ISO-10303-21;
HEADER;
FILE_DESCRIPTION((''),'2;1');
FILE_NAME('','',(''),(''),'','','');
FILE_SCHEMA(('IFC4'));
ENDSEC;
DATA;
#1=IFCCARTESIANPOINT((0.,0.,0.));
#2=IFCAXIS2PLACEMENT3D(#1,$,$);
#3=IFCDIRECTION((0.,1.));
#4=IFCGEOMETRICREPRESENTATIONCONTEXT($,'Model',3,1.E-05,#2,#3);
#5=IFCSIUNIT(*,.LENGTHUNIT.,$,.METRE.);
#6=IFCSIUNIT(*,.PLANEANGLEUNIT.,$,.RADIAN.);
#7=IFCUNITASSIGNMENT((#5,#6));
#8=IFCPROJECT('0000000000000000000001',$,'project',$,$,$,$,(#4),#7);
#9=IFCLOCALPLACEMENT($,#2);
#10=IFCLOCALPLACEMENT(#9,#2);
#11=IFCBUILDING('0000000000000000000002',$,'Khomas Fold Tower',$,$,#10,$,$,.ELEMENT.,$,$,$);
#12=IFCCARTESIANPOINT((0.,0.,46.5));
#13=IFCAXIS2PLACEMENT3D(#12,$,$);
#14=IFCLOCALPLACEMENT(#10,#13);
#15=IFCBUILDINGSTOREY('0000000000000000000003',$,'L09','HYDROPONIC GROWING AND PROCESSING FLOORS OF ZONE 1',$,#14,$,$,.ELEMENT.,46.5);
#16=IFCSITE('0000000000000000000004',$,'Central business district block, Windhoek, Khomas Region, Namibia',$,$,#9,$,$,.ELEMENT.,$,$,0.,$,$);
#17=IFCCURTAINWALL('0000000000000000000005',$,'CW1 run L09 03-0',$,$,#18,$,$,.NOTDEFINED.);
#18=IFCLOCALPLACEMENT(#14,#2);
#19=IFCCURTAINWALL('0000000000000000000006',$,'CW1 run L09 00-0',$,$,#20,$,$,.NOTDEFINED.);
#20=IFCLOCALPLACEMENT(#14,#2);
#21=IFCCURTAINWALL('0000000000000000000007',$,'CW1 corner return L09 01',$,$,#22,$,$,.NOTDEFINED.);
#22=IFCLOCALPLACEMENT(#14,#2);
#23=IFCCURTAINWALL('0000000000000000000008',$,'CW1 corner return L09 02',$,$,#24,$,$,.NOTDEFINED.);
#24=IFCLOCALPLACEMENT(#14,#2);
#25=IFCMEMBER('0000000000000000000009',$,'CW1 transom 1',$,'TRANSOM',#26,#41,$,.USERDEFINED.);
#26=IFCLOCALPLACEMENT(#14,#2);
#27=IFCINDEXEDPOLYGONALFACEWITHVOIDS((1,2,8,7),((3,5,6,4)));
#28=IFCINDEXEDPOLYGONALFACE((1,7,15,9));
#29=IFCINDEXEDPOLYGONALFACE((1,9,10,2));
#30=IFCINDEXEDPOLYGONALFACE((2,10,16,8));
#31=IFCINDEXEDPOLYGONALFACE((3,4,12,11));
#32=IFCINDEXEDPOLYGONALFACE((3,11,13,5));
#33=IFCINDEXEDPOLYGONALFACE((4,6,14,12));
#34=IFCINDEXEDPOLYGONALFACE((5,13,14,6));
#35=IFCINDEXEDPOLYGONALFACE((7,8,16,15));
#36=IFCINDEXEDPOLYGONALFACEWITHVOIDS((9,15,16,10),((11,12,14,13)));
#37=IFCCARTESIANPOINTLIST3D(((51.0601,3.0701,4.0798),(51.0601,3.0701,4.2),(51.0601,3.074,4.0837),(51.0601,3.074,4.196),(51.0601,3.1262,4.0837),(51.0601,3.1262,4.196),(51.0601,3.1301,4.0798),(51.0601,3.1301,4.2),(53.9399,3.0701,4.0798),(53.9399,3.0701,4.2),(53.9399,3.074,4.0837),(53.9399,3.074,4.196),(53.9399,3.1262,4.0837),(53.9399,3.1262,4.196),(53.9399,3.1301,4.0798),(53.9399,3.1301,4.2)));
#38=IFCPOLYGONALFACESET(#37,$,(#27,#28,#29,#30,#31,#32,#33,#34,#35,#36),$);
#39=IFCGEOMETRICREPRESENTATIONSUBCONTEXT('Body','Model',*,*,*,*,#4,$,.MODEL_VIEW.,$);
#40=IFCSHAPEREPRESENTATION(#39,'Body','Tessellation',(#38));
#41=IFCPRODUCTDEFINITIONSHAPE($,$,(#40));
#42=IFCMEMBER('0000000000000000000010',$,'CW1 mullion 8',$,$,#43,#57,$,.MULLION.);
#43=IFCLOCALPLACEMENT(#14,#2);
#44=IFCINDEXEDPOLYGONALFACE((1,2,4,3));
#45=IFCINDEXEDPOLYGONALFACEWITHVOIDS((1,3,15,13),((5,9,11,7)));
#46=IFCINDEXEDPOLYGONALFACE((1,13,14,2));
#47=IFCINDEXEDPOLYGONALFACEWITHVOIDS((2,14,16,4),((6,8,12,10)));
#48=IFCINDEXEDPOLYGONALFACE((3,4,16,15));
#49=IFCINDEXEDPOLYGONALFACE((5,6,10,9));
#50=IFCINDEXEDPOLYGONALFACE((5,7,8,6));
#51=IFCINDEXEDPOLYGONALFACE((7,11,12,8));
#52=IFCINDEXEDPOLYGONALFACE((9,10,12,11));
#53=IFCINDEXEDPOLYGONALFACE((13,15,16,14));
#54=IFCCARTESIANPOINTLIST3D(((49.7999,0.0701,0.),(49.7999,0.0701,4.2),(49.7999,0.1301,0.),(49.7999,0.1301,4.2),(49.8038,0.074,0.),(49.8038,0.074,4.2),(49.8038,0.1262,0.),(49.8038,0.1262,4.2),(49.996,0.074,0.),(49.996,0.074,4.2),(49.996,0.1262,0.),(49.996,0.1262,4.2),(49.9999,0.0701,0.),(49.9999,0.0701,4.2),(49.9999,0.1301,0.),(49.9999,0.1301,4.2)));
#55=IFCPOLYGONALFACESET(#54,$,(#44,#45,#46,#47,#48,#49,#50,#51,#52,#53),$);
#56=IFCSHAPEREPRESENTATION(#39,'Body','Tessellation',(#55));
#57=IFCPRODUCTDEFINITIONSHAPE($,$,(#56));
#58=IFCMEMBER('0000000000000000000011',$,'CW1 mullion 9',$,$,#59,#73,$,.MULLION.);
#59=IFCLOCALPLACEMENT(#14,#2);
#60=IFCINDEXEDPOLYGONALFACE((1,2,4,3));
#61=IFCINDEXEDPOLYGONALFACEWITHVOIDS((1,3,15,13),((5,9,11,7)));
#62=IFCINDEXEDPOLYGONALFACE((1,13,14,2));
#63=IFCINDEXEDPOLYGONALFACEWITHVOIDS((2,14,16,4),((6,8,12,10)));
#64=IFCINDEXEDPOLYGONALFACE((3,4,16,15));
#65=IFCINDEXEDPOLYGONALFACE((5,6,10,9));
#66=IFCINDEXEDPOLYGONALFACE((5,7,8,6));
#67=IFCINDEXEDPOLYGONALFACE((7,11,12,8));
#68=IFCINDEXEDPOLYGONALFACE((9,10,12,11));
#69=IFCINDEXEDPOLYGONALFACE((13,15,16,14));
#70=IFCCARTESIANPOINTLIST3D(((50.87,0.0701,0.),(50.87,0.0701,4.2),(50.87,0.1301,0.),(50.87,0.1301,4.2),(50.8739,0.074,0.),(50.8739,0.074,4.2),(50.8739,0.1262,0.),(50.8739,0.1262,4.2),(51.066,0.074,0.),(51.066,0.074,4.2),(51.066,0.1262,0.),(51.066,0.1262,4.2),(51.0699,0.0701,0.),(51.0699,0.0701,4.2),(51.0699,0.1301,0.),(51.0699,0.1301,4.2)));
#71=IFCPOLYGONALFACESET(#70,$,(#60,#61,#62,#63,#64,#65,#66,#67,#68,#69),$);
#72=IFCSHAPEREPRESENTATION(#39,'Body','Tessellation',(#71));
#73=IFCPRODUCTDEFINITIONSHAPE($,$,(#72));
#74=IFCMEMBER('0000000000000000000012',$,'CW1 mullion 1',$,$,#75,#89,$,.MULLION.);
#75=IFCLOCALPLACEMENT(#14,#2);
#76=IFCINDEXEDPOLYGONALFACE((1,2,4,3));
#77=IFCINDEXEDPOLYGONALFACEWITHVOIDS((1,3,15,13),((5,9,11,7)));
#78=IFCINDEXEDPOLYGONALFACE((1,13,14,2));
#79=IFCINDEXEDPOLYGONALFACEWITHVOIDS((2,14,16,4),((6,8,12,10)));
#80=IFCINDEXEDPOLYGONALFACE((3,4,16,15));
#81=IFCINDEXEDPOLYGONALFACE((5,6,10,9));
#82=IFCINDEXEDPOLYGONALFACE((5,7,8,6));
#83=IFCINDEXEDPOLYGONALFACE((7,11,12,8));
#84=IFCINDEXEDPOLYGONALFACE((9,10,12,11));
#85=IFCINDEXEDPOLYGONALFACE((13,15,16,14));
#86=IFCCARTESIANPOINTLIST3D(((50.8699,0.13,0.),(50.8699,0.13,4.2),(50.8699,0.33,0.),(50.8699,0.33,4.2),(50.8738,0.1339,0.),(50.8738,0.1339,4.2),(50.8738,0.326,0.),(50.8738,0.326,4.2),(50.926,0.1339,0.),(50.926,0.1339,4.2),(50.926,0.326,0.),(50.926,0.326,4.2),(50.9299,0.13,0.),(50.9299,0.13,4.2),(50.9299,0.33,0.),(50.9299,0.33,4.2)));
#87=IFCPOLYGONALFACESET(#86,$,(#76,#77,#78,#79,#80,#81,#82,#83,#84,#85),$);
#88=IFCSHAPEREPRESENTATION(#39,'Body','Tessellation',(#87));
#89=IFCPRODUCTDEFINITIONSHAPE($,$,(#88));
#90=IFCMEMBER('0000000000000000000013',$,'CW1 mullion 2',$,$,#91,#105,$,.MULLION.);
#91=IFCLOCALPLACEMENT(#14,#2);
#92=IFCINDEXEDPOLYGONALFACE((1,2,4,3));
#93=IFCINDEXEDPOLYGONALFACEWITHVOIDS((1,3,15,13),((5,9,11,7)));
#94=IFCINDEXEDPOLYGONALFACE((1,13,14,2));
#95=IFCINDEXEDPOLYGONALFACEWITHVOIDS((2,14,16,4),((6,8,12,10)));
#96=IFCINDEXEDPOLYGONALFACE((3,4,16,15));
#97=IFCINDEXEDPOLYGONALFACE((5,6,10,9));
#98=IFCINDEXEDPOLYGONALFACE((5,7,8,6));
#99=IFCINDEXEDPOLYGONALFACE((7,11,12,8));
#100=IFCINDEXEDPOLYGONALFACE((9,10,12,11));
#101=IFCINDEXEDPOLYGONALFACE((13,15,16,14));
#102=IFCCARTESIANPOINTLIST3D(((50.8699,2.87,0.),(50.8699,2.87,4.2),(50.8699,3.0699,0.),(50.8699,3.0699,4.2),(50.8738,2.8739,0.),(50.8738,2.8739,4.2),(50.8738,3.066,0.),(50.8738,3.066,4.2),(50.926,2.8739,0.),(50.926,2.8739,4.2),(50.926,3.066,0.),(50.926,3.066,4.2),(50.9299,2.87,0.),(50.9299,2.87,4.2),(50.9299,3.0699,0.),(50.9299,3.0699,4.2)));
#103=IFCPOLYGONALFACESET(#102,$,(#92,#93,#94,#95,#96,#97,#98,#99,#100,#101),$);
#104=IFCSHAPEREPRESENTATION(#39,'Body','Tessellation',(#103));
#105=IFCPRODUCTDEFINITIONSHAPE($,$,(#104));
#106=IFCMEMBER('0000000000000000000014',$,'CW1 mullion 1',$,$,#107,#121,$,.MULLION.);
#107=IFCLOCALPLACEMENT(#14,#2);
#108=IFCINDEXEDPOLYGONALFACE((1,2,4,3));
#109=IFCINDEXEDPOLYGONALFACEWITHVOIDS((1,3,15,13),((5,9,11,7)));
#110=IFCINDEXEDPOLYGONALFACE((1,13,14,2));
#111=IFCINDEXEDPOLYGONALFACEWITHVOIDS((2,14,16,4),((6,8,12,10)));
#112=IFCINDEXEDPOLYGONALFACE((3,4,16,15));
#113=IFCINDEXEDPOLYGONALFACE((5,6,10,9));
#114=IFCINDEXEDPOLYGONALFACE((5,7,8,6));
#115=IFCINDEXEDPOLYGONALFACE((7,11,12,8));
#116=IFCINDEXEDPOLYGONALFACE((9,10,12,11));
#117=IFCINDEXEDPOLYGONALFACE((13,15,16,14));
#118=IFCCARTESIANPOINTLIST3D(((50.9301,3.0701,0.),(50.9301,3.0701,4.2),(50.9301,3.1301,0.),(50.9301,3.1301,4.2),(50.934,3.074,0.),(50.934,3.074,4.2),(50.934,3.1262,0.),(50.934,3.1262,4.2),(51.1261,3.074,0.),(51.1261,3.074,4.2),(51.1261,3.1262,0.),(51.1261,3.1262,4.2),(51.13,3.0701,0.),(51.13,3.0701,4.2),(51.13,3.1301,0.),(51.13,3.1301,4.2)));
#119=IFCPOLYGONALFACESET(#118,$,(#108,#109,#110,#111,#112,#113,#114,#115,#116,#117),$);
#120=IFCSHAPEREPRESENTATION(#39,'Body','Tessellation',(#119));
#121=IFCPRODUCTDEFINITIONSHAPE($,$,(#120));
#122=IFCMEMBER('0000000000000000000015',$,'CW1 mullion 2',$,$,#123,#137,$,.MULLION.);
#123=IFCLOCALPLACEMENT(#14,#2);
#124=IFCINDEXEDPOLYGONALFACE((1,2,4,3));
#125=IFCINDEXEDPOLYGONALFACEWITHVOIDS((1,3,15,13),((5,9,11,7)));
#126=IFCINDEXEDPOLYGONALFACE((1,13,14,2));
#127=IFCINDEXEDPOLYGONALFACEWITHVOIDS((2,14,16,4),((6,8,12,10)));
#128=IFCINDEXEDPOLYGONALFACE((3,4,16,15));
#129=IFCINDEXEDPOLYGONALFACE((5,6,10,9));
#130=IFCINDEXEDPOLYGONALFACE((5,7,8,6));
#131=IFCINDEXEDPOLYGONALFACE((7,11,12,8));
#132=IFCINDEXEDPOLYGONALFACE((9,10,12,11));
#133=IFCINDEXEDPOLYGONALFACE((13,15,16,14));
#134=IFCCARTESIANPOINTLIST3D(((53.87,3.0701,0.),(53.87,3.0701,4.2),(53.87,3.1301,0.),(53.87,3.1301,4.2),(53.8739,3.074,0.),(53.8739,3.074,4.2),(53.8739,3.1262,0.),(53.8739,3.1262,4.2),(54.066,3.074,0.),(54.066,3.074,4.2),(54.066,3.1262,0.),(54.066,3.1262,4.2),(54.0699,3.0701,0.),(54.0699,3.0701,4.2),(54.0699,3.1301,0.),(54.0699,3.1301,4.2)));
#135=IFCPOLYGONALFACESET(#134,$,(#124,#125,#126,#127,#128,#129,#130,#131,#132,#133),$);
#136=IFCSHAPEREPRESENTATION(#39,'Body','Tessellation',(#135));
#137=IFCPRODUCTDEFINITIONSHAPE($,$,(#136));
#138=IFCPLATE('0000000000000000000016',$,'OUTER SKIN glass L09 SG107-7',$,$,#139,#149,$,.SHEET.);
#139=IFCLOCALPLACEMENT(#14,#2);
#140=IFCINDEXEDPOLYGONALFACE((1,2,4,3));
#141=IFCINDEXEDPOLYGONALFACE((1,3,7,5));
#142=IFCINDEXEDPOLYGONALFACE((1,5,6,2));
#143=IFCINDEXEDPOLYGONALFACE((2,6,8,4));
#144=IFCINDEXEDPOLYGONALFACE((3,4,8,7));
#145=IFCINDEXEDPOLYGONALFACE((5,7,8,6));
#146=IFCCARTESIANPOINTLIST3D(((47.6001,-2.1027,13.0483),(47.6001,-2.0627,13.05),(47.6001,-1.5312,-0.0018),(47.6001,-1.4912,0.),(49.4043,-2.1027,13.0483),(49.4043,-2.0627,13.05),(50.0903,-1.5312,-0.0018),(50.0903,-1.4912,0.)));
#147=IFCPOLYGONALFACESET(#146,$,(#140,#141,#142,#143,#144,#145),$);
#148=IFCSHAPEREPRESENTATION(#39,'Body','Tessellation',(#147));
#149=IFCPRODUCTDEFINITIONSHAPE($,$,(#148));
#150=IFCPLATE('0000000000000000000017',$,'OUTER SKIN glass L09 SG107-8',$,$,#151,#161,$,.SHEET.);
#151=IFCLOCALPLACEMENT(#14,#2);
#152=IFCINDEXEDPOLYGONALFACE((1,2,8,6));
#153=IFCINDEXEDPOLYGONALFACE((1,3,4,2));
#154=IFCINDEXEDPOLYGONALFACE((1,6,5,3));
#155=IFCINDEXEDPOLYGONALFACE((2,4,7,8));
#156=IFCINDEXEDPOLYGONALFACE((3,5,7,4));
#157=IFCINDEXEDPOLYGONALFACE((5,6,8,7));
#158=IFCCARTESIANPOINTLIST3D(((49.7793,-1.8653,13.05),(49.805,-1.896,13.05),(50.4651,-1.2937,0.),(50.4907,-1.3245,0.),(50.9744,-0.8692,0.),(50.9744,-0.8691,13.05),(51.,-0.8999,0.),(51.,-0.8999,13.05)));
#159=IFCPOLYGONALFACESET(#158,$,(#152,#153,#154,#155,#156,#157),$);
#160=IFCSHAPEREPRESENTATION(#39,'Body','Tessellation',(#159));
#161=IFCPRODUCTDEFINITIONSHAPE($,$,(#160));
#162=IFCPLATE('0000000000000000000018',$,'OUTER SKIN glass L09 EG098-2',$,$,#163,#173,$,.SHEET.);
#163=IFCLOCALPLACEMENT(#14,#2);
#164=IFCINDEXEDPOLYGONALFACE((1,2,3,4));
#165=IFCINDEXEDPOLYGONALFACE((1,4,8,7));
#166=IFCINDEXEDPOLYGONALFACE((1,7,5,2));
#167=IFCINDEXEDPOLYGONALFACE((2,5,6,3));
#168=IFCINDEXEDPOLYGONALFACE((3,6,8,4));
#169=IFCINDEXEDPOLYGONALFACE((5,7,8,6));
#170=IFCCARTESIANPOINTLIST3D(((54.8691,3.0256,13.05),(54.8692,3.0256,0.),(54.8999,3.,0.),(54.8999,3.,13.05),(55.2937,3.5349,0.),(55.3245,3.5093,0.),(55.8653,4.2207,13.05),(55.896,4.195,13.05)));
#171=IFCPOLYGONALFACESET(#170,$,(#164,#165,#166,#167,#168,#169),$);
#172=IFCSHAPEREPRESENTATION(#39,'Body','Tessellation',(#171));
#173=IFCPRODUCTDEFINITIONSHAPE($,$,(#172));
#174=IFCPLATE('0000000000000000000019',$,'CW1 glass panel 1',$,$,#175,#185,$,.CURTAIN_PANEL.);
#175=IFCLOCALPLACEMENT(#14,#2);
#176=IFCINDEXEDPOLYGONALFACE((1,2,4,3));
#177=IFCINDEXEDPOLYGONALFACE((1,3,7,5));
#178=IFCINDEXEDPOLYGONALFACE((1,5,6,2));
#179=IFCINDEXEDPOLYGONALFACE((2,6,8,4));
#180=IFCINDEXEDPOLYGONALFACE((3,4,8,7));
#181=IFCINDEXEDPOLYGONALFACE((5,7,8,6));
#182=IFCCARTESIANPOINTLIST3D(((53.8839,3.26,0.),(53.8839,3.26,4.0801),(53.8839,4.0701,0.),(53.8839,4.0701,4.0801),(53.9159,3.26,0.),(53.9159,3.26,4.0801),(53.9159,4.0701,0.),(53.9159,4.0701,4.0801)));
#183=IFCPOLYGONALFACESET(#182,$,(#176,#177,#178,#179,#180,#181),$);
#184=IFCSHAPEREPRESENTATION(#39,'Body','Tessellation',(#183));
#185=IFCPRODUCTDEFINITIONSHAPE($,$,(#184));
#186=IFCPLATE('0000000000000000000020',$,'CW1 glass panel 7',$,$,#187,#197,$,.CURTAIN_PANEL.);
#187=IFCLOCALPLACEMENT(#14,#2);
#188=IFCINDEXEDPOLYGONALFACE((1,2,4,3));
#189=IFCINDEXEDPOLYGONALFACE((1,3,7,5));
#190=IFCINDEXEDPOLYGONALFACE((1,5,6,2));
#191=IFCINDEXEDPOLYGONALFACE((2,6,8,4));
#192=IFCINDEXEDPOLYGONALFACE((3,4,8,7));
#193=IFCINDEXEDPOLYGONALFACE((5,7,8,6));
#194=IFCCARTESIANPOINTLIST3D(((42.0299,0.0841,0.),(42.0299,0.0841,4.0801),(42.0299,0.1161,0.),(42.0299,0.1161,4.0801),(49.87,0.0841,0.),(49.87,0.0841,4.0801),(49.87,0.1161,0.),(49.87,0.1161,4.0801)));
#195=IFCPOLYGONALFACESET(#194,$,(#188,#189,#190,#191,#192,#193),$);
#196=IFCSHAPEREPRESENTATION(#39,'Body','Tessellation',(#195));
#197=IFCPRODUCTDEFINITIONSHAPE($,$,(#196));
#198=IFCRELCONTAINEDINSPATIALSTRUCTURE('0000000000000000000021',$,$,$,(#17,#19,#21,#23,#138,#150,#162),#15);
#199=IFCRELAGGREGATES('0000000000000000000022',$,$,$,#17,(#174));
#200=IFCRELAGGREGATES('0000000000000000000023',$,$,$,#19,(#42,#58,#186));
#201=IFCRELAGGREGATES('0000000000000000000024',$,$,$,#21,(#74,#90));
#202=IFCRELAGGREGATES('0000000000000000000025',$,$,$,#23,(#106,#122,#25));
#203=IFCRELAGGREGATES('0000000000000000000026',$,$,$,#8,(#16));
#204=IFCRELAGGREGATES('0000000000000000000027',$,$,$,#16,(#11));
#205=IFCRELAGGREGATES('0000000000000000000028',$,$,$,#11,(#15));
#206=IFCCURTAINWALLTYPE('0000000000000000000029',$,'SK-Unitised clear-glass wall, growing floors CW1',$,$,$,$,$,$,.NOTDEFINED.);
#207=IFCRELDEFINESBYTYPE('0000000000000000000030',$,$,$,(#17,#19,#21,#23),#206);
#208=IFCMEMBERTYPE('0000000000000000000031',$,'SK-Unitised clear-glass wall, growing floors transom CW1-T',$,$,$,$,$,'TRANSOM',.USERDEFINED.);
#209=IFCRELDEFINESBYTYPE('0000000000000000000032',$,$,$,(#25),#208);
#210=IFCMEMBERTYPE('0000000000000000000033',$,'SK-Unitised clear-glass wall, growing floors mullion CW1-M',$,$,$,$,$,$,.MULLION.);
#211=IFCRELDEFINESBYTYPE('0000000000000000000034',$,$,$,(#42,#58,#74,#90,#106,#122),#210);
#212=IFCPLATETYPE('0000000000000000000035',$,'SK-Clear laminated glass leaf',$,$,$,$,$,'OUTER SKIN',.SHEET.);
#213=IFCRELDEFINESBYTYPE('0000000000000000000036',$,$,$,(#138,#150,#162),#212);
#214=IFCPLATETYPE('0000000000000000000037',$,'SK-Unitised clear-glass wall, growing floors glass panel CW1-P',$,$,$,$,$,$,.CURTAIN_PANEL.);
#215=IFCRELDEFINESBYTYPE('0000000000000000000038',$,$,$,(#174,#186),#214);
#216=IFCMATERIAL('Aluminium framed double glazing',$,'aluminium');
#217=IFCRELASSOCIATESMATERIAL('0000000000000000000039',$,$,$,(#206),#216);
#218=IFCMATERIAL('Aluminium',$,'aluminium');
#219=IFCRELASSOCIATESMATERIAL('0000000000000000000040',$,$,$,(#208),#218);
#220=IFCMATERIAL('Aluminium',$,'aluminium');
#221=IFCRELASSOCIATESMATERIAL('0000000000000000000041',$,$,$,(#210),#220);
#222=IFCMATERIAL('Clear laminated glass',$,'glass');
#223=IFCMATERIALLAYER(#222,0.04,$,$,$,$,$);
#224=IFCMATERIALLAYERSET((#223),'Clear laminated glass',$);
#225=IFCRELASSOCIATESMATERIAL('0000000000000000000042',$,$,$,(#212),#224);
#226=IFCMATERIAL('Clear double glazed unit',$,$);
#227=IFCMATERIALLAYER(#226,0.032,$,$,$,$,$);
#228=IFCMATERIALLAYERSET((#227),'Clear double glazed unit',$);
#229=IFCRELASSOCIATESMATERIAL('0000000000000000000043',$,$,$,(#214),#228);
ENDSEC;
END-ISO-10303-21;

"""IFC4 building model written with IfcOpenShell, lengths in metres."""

from ifc_helpers import new_model, si_unit, direction, frame, origin, origin_2d, place, context, subcontext, project, spatial, polyline, rectangle, hollow_rectangle, outline, extrude, source, transform, mapped, material, layer, layer_set, material_profile, profile_set, type_object, element, aggregate, save


model = new_model("IFC4")

# Units and contexts
model_context = context("Model", 3, precision=1e-05, world=origin(), true_north=direction((0.0, 1.0)))
body_context = subcontext(model_context, "Body", "Model", "MODEL_VIEW")
ifc_project = project(units=[si_unit("LENGTHUNIT", "METRE"), si_unit("PLANEANGLEUNIT", "RADIAN")], contexts=[model_context])

# Site, building, storey
site_placement = place(None, origin())
site = spatial("IfcSite", under=ifc_project, at=site_placement, Name="Central business district block, Windhoek, Khomas Region, Namibia", CompositionType="ELEMENT", RefElevation=0.0)
building_placement = place(site_placement, origin())
building = spatial("IfcBuilding", under=site, at=building_placement, Name="Khomas Fold Tower", CompositionType="ELEMENT")
storey_placement = place(building_placement, frame((0.0, 0.0, 46.5)))
storey = spatial("IfcBuildingStorey", under=building, at=storey_placement, Name="L09", Description="HYDROPONIC GROWING AND PROCESSING FLOORS OF ZONE 1", CompositionType="ELEMENT", Elevation=46.5)

# Curtain wall
ifc_material_1 = material(Name="Aluminium framed double glazing", Category="aluminium")
curtain_wall_type = type_object("IfcCurtainWallType", Name="SK-Unitised clear-glass wall, growing floors CW1", PredefinedType="NOTDEFINED", material=ifc_material_1)
curtain_wall_1_placement = place(storey_placement, origin())
curtain_wall_1 = element("IfcCurtainWall", 1, at=curtain_wall_1_placement, inside=storey, type_object=curtain_wall_type, Name="CW1 run L09 03-0", PredefinedType="NOTDEFINED")
ifc_material_2 = material(Name="Aluminium", Category="aluminium")
ifc_material_profile_1 = material_profile(ifc_material_2, hollow_rectangle(XDim=0.0601, YDim=0.1201, WallThickness=0.0039, at=origin_2d()), Name="SK-Unitised clear-glass wall, growing floors transom CW1-T")
ifc_profile_set_1 = profile_set([ifc_material_profile_1], Name="Aluminium")
member_type_1 = type_object("IfcMemberType", Name="SK-Unitised clear-glass wall, growing floors transom CW1-T", ElementType="TRANSOM", PredefinedType="USERDEFINED", material=ifc_profile_set_1)

# Curtain wall
curtain_wall_2_placement = place(storey_placement, origin())
curtain_wall_2 = element("IfcCurtainWall", 2, at=curtain_wall_2_placement, inside=storey, type_object=curtain_wall_type, Name="CW1 run L09 00-0", PredefinedType="NOTDEFINED")

# Curtain walls, member
curtain_wall_3_placement = place(storey_placement, origin())
curtain_wall_3 = element("IfcCurtainWall", 3, at=curtain_wall_3_placement, inside=storey, type_object=curtain_wall_type, Name="CW1 corner return L09 01", PredefinedType="NOTDEFINED")
curtain_wall_4_placement = place(storey_placement, origin())
curtain_wall_4 = element("IfcCurtainWall", 4, at=curtain_wall_4_placement, inside=storey, type_object=curtain_wall_type, Name="CW1 corner return L09 02", PredefinedType="NOTDEFINED")
shared_shape_1 = source(origin(), body_context, "Body", "SweptSolid", [
    extrude(hollow_rectangle(XDim=0.0601, YDim=0.1201, WallThickness=0.0039, at=origin_2d()), origin(), (0.0, 0.0, 1.0), 2.8799),
])
member_1_placement = place(storey_placement, frame((51.0601, 3.1001, 4.1399), z_axis=(1.0, 0.0, 0.0), x_axis=(0.0, 1.0, 0.0)))
member_1 = element("IfcMember", 5, at=member_1_placement, type_object=member_type_1, Name="CW1 transom 1", ObjectType="TRANSOM", PredefinedType="USERDEFINED", context=body_context, shape_type="MappedRepresentation", body=[
    mapped(shared_shape_1, transform((0.0, 0.0, 0.0))),
])

# Members
ifc_material_3 = material(Name="Aluminium", Category="aluminium")
ifc_material_profile_2 = material_profile(ifc_material_3, hollow_rectangle(XDim=0.0601, YDim=0.2, WallThickness=0.0039, at=origin_2d()), Name="SK-Unitised clear-glass wall, growing floors mullion CW1-M")
ifc_profile_set_2 = profile_set([ifc_material_profile_2], Name="Aluminium")
member_type_2 = type_object("IfcMemberType", Name="SK-Unitised clear-glass wall, growing floors mullion CW1-M", PredefinedType="MULLION", material=ifc_profile_set_2)
shared_shape_2 = source(origin(), body_context, "Body", "SweptSolid", [
    extrude(hollow_rectangle(XDim=0.0601, YDim=0.2, WallThickness=0.0039, at=origin_2d()), origin(), (0.0, 0.0, 1.0), 4.2),
])
member_2_placement = place(storey_placement, frame((49.8999, 0.1001, 0.0), z_axis=(0.0, 0.0, 1.0), x_axis=(0.0, 1.0, 0.0)))
member_2 = element("IfcMember", 6, at=member_2_placement, type_object=member_type_2, Name="CW1 mullion 8", PredefinedType="MULLION", context=body_context, shape_type="MappedRepresentation", body=[
    mapped(shared_shape_2, transform((0.0, 0.0, 0.0))),
])
member_3_placement = place(storey_placement, frame((50.97, 0.1001, 0.0), z_axis=(0.0, 0.0, 1.0), x_axis=(0.0, 1.0, 0.0)))
member_3 = element("IfcMember", 7, at=member_3_placement, type_object=member_type_2, Name="CW1 mullion 9", PredefinedType="MULLION", context=body_context, shape_type="MappedRepresentation", body=[
    mapped(shared_shape_2, transform((0.0, 0.0, 0.0))),
])
member_4_placement = place(storey_placement, frame((50.8999, 0.23, 0.0), z_axis=(0.0, 0.0, 1.0), x_axis=(-1.0, 0.0, 0.0)))
member_4 = element("IfcMember", 8, at=member_4_placement, type_object=member_type_2, Name="CW1 mullion 1", PredefinedType="MULLION", context=body_context, shape_type="MappedRepresentation", body=[
    mapped(shared_shape_2, transform((0.0, 0.0, 0.0))),
])
member_5_placement = place(storey_placement, frame((50.8999, 2.97, 0.0), z_axis=(0.0, 0.0, 1.0), x_axis=(-1.0, 0.0, 0.0)))
member_5 = element("IfcMember", 9, at=member_5_placement, type_object=member_type_2, Name="CW1 mullion 2", PredefinedType="MULLION", context=body_context, shape_type="MappedRepresentation", body=[
    mapped(shared_shape_2, transform((0.0, 0.0, 0.0))),
])
member_6_placement = place(storey_placement, frame((51.03, 3.1001, 0.0), z_axis=(0.0, 0.0, 1.0), x_axis=(0.0, 1.0, 0.0)))
member_6 = element("IfcMember", 10, at=member_6_placement, type_object=member_type_2, Name="CW1 mullion 1", PredefinedType="MULLION", context=body_context, shape_type="MappedRepresentation", body=[
    mapped(shared_shape_2, transform((0.0, 0.0, 0.0))),
])
member_7_placement = place(storey_placement, frame((53.97, 3.1001, 0.0), z_axis=(0.0, 0.0, 1.0), x_axis=(0.0, 1.0, 0.0)))
member_7 = element("IfcMember", 11, at=member_7_placement, type_object=member_type_2, Name="CW1 mullion 2", PredefinedType="MULLION", context=body_context, shape_type="MappedRepresentation", body=[
    mapped(shared_shape_2, transform((0.0, 0.0, 0.0))),
])

# Plates
ifc_material_4 = material(Name="Clear laminated glass", Category="glass")
ifc_layer_1 = layer(ifc_material_4, 0.04)
ifc_layer_set_1 = layer_set([ifc_layer_1], Name="Clear laminated glass")
plate_type_1 = type_object("IfcPlateType", Name="SK-Clear laminated glass leaf", ElementType="OUTER SKIN", PredefinedType="SHEET", material=ifc_layer_set_1)
plate_1_placement = place(storey_placement, frame((50.0903, -1.4912, 0.0), z_axis=(0.0, 0.999042, 0.043754), x_axis=(-1.0, 0.0, 0.0)))
element("IfcPlate", 12, at=plate_1_placement, inside=storey, type_object=plate_type_1, Name="OUTER SKIN glass L09 SG107-7", PredefinedType="SHEET", context=body_context, shape_type="SweptSolid", body=[
    extrude(outline(polyline([(0.0, 0.0), (2.4902, 0.0), (2.4902, 13.0626), (0.686, 13.0626), (0.0, 0.0)])), origin(), (0.0, 0.0, -1.0), 0.04),
])
plate_2_placement = place(storey_placement, frame((50.4907, -1.3245, 0.0), z_axis=(0.640282, -0.76814, 0.000003), x_axis=(-0.052426, -0.043696, 0.997668)))
element("IfcPlate", 13, at=plate_2_placement, inside=storey, type_object=plate_type_1, Name="OUTER SKIN glass L09 SG107-8", PredefinedType="SHEET", context=body_context, shape_type="SweptSolid", body=[
    extrude(outline(polyline([(0.0, 0.0), (13.0805, 0.0), (12.9744, -1.5521), (-0.0453, -0.6615), (0.0, 0.0)])), origin(), (0.0, 0.0, -1.0), 0.04),
])
plate_3_placement = place(storey_placement, frame((55.3245, 3.5093, 0.0), z_axis=(0.76814, -0.640282, 0.000003), x_axis=(-0.640282, -0.76814, 0.0)))
element("IfcPlate", 14, at=plate_3_placement, inside=storey, type_object=plate_type_1, Name="OUTER SKIN glass L09 EG098-2", PredefinedType="SHEET", context=body_context, shape_type="SweptSolid", body=[
    extrude(outline(polyline([(0.0, 0.0), (0.663, 0.0), (0.663, -13.05), (-0.8927, -13.05), (0.0, 0.0)])), origin(), (0.0, 0.0, -1.0), 0.04),
])

# Plates
ifc_material_5 = material(Name="Clear double glazed unit")
ifc_layer_2 = layer(ifc_material_5, 0.032)
ifc_layer_set_2 = layer_set([ifc_layer_2], Name="Clear double glazed unit")
plate_type_2 = type_object("IfcPlateType", Name="SK-Unitised clear-glass wall, growing floors glass panel CW1-P", PredefinedType="CURTAIN_PANEL", material=ifc_layer_set_2)
shared_shape_3 = source(origin(), body_context, "Body", "SweptSolid", [
    extrude(rectangle(XDim=0.8101, YDim=0.032, at=origin_2d()), origin(), (0.0, 0.0, 1.0), 4.0801),
])
plate_4_placement = place(storey_placement, frame((53.8999, 3.665, 0.0), z_axis=(0.0, 0.0, 1.0), x_axis=(0.0, 1.0, 0.0)))
plate_4 = element("IfcPlate", 15, at=plate_4_placement, type_object=plate_type_2, Name="CW1 glass panel 1", PredefinedType="CURTAIN_PANEL", context=body_context, shape_type="MappedRepresentation", body=[
    mapped(shared_shape_3, transform((0.0, 0.0, 0.0))),
])
aggregate(curtain_wall_1, [plate_4])
shared_shape_4 = source(origin(), body_context, "Body", "SweptSolid", [
    extrude(rectangle(XDim=7.8401, YDim=0.032, at=origin_2d()), origin(), (0.0, 0.0, 1.0), 4.0801),
])
plate_5_placement = place(storey_placement, frame((45.95, 0.1001, 0.0), z_axis=(0.0, 0.0, 1.0), x_axis=(1.0, 0.0, 0.0)))
plate_5 = element("IfcPlate", 16, at=plate_5_placement, type_object=plate_type_2, Name="CW1 glass panel 7", PredefinedType="CURTAIN_PANEL", context=body_context, shape_type="MappedRepresentation", body=[
    mapped(shared_shape_4, transform((0.0, 0.0, 0.0))),
])
aggregate(curtain_wall_2, [member_2, member_3, plate_5])
aggregate(curtain_wall_3, [member_4, member_5])
aggregate(curtain_wall_4, [member_6, member_7, member_1])

save(model, "model.ifc")
